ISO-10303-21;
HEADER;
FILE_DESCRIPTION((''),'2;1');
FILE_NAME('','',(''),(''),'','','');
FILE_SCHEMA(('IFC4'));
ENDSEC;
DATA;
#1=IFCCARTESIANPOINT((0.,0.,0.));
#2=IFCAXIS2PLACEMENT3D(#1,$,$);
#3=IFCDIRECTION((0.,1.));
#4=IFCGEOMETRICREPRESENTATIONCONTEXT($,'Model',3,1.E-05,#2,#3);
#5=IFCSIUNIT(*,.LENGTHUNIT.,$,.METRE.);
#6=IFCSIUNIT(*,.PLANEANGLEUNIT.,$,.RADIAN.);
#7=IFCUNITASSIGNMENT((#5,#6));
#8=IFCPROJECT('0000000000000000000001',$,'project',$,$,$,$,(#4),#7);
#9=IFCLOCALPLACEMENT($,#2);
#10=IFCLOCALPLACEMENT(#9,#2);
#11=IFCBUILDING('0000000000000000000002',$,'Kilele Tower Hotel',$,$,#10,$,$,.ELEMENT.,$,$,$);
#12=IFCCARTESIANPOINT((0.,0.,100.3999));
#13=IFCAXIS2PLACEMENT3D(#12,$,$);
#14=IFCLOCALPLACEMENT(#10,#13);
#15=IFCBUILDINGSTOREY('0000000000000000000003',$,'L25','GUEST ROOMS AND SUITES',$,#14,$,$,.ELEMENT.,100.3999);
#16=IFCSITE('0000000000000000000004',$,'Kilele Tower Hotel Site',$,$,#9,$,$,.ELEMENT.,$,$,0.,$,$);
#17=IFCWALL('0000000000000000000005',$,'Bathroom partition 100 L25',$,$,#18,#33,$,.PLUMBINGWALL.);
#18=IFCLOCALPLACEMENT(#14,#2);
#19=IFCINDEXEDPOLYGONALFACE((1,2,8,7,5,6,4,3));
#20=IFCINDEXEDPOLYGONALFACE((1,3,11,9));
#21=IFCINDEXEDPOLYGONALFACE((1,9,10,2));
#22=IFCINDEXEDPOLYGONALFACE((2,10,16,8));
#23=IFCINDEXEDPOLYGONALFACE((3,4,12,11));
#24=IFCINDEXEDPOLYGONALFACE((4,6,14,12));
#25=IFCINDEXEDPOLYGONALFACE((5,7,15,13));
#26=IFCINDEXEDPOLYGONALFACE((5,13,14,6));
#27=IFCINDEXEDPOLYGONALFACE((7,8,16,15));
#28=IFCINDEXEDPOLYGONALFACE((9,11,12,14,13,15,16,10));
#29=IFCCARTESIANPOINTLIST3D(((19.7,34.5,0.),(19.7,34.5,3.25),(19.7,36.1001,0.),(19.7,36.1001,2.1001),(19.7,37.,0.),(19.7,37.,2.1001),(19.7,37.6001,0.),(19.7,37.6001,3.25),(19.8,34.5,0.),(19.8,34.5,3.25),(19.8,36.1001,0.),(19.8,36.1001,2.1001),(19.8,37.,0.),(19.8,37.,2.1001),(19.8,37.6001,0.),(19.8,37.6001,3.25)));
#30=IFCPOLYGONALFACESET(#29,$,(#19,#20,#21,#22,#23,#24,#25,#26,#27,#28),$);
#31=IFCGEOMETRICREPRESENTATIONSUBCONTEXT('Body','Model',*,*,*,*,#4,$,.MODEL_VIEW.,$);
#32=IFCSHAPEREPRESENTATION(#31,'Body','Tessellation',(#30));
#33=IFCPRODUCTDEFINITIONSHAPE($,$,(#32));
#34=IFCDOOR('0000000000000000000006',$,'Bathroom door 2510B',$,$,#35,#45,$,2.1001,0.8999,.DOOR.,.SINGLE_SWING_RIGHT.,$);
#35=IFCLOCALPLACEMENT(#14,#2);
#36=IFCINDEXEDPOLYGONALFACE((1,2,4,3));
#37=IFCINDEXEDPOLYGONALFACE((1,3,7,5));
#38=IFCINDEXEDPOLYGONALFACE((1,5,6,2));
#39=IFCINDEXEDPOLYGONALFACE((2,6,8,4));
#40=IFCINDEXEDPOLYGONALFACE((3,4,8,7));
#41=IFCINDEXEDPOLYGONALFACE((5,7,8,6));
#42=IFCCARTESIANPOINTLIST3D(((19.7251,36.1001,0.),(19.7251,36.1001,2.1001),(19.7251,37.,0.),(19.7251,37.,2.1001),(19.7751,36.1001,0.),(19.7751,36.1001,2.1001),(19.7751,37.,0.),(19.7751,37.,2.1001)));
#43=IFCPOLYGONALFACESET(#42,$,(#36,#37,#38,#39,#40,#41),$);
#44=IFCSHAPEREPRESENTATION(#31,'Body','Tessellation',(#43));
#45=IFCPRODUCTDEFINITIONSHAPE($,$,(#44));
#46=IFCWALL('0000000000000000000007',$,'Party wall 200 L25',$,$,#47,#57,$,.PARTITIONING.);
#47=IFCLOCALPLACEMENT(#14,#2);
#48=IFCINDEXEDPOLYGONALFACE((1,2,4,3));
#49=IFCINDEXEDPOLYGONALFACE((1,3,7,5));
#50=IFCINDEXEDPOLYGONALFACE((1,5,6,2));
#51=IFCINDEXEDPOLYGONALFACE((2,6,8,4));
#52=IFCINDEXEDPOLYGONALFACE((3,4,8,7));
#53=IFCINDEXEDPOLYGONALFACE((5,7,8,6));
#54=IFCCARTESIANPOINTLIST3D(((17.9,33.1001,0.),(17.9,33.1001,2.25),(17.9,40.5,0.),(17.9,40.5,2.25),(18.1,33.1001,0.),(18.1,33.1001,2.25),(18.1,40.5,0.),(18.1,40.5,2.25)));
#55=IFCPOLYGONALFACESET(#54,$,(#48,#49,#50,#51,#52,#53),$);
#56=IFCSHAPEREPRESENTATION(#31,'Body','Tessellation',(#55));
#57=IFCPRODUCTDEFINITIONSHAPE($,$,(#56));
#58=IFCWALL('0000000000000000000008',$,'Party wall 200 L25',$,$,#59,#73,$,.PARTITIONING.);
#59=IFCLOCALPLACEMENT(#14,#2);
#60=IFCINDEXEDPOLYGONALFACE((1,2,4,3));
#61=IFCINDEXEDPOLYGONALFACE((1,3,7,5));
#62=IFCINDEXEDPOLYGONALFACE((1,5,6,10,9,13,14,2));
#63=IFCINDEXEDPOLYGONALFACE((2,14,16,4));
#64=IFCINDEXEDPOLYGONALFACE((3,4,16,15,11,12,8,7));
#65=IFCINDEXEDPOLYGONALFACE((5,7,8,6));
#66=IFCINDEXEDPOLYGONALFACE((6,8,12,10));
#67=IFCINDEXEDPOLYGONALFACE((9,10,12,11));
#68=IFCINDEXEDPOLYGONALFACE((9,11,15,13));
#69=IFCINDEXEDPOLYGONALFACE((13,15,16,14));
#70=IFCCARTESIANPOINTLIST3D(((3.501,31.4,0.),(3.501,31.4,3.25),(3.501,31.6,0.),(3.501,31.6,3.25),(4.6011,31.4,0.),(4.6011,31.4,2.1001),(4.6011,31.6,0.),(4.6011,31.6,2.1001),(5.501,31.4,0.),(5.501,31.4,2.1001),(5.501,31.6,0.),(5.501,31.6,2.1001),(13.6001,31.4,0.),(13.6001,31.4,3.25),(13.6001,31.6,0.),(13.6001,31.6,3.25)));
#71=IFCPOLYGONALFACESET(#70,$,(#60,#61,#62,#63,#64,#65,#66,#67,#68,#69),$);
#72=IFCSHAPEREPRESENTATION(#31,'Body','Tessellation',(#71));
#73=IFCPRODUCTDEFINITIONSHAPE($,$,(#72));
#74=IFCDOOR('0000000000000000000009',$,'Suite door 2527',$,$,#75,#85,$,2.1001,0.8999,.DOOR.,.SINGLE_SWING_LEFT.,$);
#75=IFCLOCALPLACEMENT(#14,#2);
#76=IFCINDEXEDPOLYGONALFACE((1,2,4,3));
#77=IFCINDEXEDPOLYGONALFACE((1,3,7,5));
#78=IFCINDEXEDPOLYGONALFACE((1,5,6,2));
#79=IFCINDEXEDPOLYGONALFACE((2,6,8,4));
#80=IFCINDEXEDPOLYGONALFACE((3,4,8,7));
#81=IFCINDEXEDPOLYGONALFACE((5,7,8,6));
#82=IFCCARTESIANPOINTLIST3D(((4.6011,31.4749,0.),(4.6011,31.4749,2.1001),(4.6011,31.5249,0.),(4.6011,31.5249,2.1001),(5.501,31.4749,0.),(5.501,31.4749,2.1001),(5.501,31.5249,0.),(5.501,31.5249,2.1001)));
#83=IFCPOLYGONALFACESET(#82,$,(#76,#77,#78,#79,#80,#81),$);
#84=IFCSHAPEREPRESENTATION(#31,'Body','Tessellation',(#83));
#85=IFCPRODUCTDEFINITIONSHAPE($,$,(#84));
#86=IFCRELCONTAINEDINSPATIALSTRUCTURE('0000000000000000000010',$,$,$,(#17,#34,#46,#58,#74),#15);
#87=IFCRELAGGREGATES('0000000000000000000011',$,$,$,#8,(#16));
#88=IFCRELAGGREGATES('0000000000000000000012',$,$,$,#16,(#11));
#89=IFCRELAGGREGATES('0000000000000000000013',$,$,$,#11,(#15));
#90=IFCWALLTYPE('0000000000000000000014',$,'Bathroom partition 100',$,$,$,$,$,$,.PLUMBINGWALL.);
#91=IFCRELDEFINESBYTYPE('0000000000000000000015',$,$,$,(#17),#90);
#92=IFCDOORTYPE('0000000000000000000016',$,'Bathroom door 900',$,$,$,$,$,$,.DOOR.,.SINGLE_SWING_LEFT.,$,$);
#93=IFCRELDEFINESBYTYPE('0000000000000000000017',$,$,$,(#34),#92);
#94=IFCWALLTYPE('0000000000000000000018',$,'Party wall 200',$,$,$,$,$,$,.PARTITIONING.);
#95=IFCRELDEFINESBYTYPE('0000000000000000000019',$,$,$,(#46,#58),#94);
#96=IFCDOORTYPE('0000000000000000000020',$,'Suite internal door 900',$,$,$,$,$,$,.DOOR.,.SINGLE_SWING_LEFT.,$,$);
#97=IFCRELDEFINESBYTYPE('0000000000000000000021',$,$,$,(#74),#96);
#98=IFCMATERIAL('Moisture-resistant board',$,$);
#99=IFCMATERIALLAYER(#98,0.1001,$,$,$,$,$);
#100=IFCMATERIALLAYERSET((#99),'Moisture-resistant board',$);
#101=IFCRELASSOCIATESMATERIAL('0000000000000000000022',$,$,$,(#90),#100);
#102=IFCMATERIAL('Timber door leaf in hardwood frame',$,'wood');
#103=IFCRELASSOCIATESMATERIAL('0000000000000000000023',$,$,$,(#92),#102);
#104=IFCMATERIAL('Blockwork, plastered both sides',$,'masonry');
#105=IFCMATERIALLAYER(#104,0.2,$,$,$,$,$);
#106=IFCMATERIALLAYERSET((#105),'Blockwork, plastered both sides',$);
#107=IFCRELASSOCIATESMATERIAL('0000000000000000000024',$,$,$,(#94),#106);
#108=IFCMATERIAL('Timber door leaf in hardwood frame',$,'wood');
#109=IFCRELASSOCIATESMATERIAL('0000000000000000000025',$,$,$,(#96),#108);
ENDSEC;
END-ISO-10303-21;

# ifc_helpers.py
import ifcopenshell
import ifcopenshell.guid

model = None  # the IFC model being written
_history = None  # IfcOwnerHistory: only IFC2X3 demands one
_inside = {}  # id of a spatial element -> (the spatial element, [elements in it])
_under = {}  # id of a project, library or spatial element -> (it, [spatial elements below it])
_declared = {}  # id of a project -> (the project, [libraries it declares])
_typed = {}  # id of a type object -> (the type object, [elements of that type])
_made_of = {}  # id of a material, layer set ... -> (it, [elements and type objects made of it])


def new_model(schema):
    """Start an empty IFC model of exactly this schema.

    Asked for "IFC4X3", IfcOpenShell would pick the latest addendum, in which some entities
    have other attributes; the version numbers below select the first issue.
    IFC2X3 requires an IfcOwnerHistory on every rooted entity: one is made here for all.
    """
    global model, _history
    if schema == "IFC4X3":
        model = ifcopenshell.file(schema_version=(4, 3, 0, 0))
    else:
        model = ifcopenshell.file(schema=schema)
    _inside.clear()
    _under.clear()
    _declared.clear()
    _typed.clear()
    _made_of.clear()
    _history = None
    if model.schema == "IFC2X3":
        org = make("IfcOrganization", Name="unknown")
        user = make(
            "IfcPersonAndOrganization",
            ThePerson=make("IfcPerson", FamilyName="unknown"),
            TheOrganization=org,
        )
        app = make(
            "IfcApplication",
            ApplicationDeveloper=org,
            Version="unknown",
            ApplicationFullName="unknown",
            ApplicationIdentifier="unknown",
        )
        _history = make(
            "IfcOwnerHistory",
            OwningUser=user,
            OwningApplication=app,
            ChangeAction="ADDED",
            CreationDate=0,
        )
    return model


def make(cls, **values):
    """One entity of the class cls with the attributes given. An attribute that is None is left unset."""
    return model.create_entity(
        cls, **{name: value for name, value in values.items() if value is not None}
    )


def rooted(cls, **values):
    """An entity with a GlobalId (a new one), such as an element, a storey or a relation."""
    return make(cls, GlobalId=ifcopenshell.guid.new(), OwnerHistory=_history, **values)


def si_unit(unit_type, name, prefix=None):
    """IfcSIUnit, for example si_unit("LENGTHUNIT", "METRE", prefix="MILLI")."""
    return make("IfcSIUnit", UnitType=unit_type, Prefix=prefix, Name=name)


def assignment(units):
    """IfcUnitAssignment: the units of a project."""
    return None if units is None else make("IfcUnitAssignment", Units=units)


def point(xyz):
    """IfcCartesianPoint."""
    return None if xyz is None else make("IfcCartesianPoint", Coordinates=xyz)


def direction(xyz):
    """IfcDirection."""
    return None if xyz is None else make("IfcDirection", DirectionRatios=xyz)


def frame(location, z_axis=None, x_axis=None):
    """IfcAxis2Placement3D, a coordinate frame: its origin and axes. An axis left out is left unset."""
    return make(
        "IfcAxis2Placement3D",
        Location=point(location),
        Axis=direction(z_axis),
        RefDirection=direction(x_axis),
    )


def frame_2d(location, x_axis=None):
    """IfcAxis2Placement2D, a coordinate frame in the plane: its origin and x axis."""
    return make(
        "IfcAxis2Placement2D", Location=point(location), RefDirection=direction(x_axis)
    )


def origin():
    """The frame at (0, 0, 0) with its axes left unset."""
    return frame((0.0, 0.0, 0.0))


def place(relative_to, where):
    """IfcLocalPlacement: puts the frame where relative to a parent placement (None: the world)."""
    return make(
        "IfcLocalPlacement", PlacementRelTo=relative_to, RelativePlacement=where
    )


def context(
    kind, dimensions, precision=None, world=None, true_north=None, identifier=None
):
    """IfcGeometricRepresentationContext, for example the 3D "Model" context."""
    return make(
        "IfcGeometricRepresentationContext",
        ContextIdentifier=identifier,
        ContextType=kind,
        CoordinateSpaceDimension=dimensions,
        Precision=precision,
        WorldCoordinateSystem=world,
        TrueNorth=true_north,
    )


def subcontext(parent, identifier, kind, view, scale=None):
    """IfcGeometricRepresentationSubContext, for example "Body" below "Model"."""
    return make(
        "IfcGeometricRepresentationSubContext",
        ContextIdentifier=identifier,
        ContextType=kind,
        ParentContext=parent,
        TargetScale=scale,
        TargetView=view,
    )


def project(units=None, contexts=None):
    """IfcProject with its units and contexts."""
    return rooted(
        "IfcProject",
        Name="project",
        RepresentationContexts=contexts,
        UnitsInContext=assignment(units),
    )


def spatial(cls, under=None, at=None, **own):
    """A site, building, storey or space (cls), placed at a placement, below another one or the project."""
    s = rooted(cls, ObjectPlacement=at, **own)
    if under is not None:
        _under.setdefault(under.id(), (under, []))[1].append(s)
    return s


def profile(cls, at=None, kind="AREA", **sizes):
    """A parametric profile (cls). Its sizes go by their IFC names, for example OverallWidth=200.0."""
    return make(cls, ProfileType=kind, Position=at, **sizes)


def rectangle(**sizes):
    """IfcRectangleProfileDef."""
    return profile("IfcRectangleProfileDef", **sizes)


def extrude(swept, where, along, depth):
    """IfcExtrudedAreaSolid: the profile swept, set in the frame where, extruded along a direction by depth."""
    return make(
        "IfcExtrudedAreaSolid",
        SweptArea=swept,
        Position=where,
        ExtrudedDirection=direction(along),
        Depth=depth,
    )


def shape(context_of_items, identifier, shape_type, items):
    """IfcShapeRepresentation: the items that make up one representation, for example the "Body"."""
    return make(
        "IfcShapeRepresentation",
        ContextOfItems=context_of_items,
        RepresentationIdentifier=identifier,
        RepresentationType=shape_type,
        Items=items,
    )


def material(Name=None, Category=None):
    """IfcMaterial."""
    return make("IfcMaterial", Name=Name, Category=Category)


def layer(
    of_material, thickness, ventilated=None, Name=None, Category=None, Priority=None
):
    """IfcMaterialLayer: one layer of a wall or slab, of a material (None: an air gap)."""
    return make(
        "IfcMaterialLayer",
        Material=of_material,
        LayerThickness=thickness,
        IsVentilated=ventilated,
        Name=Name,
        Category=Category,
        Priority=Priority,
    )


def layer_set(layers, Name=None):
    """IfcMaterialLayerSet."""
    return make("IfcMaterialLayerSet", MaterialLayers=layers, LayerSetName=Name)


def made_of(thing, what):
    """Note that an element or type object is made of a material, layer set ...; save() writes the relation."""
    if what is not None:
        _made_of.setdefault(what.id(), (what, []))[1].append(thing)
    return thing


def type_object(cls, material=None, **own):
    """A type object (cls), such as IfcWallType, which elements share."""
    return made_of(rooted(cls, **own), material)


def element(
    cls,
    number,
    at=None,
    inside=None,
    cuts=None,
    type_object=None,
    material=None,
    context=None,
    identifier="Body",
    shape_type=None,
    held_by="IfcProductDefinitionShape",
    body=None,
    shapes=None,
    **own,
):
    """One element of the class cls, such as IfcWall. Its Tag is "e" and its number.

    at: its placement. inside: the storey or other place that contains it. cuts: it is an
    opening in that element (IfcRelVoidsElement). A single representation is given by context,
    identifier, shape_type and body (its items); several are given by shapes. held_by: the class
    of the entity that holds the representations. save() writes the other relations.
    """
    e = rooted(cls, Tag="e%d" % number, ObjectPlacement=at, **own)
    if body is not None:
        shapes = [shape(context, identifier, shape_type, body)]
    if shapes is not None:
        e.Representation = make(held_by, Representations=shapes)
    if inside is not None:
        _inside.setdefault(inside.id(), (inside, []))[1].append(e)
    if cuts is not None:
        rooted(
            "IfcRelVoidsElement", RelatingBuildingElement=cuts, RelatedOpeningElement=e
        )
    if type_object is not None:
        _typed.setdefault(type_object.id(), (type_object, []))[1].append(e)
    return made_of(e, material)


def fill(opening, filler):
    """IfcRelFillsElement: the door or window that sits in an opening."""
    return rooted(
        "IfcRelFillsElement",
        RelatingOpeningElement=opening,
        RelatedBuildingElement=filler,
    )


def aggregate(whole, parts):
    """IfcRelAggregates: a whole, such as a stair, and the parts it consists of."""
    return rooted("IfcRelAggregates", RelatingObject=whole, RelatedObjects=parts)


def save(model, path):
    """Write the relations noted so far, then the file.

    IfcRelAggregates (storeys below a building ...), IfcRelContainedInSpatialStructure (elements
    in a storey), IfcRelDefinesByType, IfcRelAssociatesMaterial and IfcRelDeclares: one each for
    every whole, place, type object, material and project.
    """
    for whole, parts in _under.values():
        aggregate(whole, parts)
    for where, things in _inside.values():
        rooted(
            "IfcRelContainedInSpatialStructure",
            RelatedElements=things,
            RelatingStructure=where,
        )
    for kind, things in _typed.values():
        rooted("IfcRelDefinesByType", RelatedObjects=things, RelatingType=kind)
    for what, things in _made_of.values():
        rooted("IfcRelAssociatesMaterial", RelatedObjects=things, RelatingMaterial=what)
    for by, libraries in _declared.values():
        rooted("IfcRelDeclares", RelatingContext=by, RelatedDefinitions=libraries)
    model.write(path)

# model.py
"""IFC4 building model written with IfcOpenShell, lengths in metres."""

from ifc_helpers import new_model, si_unit, direction, frame, frame_2d, origin, place, context, subcontext, project, spatial, rectangle, extrude, material, layer, layer_set, type_object, element, fill, save


model = new_model("IFC4")

# Units and contexts
model_context = context("Model", 3, precision=1e-05, world=origin(), true_north=direction((0.0, 1.0)))
body_context = subcontext(model_context, "Body", "Model", "MODEL_VIEW")
ifc_project = project(units=[si_unit("LENGTHUNIT", "METRE"), si_unit("PLANEANGLEUNIT", "RADIAN")], contexts=[model_context])

# Site, building, storey
site_placement = place(None, origin())
site = spatial("IfcSite", under=ifc_project, at=site_placement, Name="Kilele Tower Hotel Site", CompositionType="ELEMENT", RefElevation=0.0)
building_placement = place(site_placement, origin())
building = spatial("IfcBuilding", under=site, at=building_placement, Name="Kilele Tower Hotel", CompositionType="ELEMENT")
storey_placement = place(building_placement, frame((0.0, 0.0, 100.3999)))
storey = spatial("IfcBuildingStorey", under=building, at=storey_placement, Name="L25", Description="GUEST ROOMS AND SUITES", CompositionType="ELEMENT", Elevation=100.3999)

# Shared definitions
ifc_material_1 = material(Name="Moisture-resistant board")
ifc_layer_1 = layer(ifc_material_1, 0.1001)
ifc_layer_set_1 = layer_set([ifc_layer_1], Name="Moisture-resistant board")
wall_type_1 = type_object("IfcWallType", Name="Bathroom partition 100", PredefinedType="PLUMBINGWALL", material=ifc_layer_set_1)

# Shared definitions
ifc_material_2 = material(Name="Timber door leaf in hardwood frame", Category="wood")
door_type_1 = type_object("IfcDoorType", Name="Bathroom door 900", OperationType="SINGLE_SWING_LEFT", PredefinedType="DOOR", material=ifc_material_2)

# Wall, opening, door
wall_1_placement = place(storey_placement, frame((19.75, 34.5, 0.0), z_axis=(0.0, 0.0, 1.0), x_axis=(0.0, 1.0, 0.0)))
wall_1 = element("IfcWall", 1, at=wall_1_placement, inside=storey, type_object=wall_type_1, Name="Bathroom partition 100 L25", PredefinedType="PLUMBINGWALL", context=body_context, shape_type="SweptSolid", body=[
    extrude(rectangle(XDim=3.1001, YDim=0.1001, at=frame_2d((1.55, 0.0))), origin(), (0.0, 0.0, 1.0), 3.25),
])
opening_1_placement = place(wall_1_placement, frame((1.6001, 0.0, 0.0)))
opening_1 = element("IfcOpeningElement", 2, at=opening_1_placement, cuts=wall_1, PredefinedType="OPENING", context=body_context, shape_type="SweptSolid", body=[
    extrude(rectangle(XDim=0.8999, YDim=2.1001, at=frame_2d((0.45, 1.05))), frame((0.0, 0.0601, 0.0), z_axis=(0.0, -1.0, 0.0), x_axis=(1.0, 0.0, 0.0)), (0.0, 0.0, 1.0), 0.1201),
])
door_1_placement = place(opening_1_placement, origin())
door_1 = element("IfcDoor", 3, at=door_1_placement, inside=storey, type_object=door_type_1, Name="Bathroom door 2510B", OperationType="SINGLE_SWING_RIGHT", OverallHeight=2.1001, OverallWidth=0.8999, PredefinedType="DOOR", context=body_context, shape_type="SweptSolid", body=[
    extrude(rectangle(XDim=0.8999, YDim=2.1001, at=frame_2d((0.45, 1.05))), frame((0.0, 0.0249, 0.0), z_axis=(0.0, -1.0, 0.0), x_axis=(1.0, 0.0, 0.0)), (0.0, 0.0, 1.0), 0.05),
])
fill(opening_1, door_1)

# Wall
ifc_material_3 = material(Name="Blockwork, plastered both sides", Category="masonry")
ifc_layer_2 = layer(ifc_material_3, 0.2)
ifc_layer_set_2 = layer_set([ifc_layer_2], Name="Blockwork, plastered both sides")
wall_type_2 = type_object("IfcWallType", Name="Party wall 200", PredefinedType="PARTITIONING", material=ifc_layer_set_2)
wall_2_placement = place(storey_placement, frame((18.0, 33.1001, 0.0), z_axis=(0.0, 0.0, 1.0), x_axis=(0.0, 1.0, 0.0)))
element("IfcWall", 4, at=wall_2_placement, inside=storey, type_object=wall_type_2, Name="Party wall 200 L25", PredefinedType="PARTITIONING", context=body_context, shape_type="SweptSolid", body=[
    extrude(rectangle(XDim=7.3999, YDim=0.2, at=frame_2d((3.7, 0.0))), origin(), (0.0, 0.0, 1.0), 2.25),
])

# Wall, opening, door
wall_3_placement = place(storey_placement, frame((13.6001, 31.5, 0.0), z_axis=(0.0, 0.0, 1.0), x_axis=(-1.0, 0.0, 0.0)))
wall_3 = element("IfcWall", 5, at=wall_3_placement, inside=storey, type_object=wall_type_2, Name="Party wall 200 L25", PredefinedType="PARTITIONING", context=body_context, shape_type="SweptSolid", body=[
    extrude(rectangle(XDim=10.0991, YDim=0.2, at=frame_2d((5.0496, 0.0))), origin(), (0.0, 0.0, 1.0), 3.25),
])
opening_2_placement = place(wall_3_placement, frame((8.999, 0.0, 0.0), z_axis=(0.0, 0.0, 1.0), x_axis=(-1.0, 0.0, 0.0)))
opening_2 = element("IfcOpeningElement", 6, at=opening_2_placement, cuts=wall_3, PredefinedType="OPENING", context=body_context, shape_type="SweptSolid", body=[
    extrude(rectangle(XDim=0.8999, YDim=2.1001, at=frame_2d((0.45, 1.05))), frame((0.0, 0.1099, 0.0), z_axis=(0.0, -1.0, 0.0), x_axis=(1.0, 0.0, 0.0)), (0.0, 0.0, 1.0), 0.22),
])
ifc_material_4 = material(Name="Timber door leaf in hardwood frame", Category="wood")
door_type_2 = type_object("IfcDoorType", Name="Suite internal door 900", OperationType="SINGLE_SWING_LEFT", PredefinedType="DOOR", material=ifc_material_4)
door_2_placement = place(opening_2_placement, origin())
door_2 = element("IfcDoor", 7, at=door_2_placement, inside=storey, type_object=door_type_2, Name="Suite door 2527", OperationType="SINGLE_SWING_LEFT", OverallHeight=2.1001, OverallWidth=0.8999, PredefinedType="DOOR", context=body_context, shape_type="SweptSolid", body=[
    extrude(rectangle(XDim=0.8999, YDim=2.1001, at=frame_2d((0.45, 1.05))), frame((0.0, 0.0249, 0.0), z_axis=(0.0, -1.0, 0.0), x_axis=(1.0, 0.0, 0.0)), (0.0, 0.0, 1.0), 0.05),
])
fill(opening_2, door_2)

save(model, "model.ifc")
